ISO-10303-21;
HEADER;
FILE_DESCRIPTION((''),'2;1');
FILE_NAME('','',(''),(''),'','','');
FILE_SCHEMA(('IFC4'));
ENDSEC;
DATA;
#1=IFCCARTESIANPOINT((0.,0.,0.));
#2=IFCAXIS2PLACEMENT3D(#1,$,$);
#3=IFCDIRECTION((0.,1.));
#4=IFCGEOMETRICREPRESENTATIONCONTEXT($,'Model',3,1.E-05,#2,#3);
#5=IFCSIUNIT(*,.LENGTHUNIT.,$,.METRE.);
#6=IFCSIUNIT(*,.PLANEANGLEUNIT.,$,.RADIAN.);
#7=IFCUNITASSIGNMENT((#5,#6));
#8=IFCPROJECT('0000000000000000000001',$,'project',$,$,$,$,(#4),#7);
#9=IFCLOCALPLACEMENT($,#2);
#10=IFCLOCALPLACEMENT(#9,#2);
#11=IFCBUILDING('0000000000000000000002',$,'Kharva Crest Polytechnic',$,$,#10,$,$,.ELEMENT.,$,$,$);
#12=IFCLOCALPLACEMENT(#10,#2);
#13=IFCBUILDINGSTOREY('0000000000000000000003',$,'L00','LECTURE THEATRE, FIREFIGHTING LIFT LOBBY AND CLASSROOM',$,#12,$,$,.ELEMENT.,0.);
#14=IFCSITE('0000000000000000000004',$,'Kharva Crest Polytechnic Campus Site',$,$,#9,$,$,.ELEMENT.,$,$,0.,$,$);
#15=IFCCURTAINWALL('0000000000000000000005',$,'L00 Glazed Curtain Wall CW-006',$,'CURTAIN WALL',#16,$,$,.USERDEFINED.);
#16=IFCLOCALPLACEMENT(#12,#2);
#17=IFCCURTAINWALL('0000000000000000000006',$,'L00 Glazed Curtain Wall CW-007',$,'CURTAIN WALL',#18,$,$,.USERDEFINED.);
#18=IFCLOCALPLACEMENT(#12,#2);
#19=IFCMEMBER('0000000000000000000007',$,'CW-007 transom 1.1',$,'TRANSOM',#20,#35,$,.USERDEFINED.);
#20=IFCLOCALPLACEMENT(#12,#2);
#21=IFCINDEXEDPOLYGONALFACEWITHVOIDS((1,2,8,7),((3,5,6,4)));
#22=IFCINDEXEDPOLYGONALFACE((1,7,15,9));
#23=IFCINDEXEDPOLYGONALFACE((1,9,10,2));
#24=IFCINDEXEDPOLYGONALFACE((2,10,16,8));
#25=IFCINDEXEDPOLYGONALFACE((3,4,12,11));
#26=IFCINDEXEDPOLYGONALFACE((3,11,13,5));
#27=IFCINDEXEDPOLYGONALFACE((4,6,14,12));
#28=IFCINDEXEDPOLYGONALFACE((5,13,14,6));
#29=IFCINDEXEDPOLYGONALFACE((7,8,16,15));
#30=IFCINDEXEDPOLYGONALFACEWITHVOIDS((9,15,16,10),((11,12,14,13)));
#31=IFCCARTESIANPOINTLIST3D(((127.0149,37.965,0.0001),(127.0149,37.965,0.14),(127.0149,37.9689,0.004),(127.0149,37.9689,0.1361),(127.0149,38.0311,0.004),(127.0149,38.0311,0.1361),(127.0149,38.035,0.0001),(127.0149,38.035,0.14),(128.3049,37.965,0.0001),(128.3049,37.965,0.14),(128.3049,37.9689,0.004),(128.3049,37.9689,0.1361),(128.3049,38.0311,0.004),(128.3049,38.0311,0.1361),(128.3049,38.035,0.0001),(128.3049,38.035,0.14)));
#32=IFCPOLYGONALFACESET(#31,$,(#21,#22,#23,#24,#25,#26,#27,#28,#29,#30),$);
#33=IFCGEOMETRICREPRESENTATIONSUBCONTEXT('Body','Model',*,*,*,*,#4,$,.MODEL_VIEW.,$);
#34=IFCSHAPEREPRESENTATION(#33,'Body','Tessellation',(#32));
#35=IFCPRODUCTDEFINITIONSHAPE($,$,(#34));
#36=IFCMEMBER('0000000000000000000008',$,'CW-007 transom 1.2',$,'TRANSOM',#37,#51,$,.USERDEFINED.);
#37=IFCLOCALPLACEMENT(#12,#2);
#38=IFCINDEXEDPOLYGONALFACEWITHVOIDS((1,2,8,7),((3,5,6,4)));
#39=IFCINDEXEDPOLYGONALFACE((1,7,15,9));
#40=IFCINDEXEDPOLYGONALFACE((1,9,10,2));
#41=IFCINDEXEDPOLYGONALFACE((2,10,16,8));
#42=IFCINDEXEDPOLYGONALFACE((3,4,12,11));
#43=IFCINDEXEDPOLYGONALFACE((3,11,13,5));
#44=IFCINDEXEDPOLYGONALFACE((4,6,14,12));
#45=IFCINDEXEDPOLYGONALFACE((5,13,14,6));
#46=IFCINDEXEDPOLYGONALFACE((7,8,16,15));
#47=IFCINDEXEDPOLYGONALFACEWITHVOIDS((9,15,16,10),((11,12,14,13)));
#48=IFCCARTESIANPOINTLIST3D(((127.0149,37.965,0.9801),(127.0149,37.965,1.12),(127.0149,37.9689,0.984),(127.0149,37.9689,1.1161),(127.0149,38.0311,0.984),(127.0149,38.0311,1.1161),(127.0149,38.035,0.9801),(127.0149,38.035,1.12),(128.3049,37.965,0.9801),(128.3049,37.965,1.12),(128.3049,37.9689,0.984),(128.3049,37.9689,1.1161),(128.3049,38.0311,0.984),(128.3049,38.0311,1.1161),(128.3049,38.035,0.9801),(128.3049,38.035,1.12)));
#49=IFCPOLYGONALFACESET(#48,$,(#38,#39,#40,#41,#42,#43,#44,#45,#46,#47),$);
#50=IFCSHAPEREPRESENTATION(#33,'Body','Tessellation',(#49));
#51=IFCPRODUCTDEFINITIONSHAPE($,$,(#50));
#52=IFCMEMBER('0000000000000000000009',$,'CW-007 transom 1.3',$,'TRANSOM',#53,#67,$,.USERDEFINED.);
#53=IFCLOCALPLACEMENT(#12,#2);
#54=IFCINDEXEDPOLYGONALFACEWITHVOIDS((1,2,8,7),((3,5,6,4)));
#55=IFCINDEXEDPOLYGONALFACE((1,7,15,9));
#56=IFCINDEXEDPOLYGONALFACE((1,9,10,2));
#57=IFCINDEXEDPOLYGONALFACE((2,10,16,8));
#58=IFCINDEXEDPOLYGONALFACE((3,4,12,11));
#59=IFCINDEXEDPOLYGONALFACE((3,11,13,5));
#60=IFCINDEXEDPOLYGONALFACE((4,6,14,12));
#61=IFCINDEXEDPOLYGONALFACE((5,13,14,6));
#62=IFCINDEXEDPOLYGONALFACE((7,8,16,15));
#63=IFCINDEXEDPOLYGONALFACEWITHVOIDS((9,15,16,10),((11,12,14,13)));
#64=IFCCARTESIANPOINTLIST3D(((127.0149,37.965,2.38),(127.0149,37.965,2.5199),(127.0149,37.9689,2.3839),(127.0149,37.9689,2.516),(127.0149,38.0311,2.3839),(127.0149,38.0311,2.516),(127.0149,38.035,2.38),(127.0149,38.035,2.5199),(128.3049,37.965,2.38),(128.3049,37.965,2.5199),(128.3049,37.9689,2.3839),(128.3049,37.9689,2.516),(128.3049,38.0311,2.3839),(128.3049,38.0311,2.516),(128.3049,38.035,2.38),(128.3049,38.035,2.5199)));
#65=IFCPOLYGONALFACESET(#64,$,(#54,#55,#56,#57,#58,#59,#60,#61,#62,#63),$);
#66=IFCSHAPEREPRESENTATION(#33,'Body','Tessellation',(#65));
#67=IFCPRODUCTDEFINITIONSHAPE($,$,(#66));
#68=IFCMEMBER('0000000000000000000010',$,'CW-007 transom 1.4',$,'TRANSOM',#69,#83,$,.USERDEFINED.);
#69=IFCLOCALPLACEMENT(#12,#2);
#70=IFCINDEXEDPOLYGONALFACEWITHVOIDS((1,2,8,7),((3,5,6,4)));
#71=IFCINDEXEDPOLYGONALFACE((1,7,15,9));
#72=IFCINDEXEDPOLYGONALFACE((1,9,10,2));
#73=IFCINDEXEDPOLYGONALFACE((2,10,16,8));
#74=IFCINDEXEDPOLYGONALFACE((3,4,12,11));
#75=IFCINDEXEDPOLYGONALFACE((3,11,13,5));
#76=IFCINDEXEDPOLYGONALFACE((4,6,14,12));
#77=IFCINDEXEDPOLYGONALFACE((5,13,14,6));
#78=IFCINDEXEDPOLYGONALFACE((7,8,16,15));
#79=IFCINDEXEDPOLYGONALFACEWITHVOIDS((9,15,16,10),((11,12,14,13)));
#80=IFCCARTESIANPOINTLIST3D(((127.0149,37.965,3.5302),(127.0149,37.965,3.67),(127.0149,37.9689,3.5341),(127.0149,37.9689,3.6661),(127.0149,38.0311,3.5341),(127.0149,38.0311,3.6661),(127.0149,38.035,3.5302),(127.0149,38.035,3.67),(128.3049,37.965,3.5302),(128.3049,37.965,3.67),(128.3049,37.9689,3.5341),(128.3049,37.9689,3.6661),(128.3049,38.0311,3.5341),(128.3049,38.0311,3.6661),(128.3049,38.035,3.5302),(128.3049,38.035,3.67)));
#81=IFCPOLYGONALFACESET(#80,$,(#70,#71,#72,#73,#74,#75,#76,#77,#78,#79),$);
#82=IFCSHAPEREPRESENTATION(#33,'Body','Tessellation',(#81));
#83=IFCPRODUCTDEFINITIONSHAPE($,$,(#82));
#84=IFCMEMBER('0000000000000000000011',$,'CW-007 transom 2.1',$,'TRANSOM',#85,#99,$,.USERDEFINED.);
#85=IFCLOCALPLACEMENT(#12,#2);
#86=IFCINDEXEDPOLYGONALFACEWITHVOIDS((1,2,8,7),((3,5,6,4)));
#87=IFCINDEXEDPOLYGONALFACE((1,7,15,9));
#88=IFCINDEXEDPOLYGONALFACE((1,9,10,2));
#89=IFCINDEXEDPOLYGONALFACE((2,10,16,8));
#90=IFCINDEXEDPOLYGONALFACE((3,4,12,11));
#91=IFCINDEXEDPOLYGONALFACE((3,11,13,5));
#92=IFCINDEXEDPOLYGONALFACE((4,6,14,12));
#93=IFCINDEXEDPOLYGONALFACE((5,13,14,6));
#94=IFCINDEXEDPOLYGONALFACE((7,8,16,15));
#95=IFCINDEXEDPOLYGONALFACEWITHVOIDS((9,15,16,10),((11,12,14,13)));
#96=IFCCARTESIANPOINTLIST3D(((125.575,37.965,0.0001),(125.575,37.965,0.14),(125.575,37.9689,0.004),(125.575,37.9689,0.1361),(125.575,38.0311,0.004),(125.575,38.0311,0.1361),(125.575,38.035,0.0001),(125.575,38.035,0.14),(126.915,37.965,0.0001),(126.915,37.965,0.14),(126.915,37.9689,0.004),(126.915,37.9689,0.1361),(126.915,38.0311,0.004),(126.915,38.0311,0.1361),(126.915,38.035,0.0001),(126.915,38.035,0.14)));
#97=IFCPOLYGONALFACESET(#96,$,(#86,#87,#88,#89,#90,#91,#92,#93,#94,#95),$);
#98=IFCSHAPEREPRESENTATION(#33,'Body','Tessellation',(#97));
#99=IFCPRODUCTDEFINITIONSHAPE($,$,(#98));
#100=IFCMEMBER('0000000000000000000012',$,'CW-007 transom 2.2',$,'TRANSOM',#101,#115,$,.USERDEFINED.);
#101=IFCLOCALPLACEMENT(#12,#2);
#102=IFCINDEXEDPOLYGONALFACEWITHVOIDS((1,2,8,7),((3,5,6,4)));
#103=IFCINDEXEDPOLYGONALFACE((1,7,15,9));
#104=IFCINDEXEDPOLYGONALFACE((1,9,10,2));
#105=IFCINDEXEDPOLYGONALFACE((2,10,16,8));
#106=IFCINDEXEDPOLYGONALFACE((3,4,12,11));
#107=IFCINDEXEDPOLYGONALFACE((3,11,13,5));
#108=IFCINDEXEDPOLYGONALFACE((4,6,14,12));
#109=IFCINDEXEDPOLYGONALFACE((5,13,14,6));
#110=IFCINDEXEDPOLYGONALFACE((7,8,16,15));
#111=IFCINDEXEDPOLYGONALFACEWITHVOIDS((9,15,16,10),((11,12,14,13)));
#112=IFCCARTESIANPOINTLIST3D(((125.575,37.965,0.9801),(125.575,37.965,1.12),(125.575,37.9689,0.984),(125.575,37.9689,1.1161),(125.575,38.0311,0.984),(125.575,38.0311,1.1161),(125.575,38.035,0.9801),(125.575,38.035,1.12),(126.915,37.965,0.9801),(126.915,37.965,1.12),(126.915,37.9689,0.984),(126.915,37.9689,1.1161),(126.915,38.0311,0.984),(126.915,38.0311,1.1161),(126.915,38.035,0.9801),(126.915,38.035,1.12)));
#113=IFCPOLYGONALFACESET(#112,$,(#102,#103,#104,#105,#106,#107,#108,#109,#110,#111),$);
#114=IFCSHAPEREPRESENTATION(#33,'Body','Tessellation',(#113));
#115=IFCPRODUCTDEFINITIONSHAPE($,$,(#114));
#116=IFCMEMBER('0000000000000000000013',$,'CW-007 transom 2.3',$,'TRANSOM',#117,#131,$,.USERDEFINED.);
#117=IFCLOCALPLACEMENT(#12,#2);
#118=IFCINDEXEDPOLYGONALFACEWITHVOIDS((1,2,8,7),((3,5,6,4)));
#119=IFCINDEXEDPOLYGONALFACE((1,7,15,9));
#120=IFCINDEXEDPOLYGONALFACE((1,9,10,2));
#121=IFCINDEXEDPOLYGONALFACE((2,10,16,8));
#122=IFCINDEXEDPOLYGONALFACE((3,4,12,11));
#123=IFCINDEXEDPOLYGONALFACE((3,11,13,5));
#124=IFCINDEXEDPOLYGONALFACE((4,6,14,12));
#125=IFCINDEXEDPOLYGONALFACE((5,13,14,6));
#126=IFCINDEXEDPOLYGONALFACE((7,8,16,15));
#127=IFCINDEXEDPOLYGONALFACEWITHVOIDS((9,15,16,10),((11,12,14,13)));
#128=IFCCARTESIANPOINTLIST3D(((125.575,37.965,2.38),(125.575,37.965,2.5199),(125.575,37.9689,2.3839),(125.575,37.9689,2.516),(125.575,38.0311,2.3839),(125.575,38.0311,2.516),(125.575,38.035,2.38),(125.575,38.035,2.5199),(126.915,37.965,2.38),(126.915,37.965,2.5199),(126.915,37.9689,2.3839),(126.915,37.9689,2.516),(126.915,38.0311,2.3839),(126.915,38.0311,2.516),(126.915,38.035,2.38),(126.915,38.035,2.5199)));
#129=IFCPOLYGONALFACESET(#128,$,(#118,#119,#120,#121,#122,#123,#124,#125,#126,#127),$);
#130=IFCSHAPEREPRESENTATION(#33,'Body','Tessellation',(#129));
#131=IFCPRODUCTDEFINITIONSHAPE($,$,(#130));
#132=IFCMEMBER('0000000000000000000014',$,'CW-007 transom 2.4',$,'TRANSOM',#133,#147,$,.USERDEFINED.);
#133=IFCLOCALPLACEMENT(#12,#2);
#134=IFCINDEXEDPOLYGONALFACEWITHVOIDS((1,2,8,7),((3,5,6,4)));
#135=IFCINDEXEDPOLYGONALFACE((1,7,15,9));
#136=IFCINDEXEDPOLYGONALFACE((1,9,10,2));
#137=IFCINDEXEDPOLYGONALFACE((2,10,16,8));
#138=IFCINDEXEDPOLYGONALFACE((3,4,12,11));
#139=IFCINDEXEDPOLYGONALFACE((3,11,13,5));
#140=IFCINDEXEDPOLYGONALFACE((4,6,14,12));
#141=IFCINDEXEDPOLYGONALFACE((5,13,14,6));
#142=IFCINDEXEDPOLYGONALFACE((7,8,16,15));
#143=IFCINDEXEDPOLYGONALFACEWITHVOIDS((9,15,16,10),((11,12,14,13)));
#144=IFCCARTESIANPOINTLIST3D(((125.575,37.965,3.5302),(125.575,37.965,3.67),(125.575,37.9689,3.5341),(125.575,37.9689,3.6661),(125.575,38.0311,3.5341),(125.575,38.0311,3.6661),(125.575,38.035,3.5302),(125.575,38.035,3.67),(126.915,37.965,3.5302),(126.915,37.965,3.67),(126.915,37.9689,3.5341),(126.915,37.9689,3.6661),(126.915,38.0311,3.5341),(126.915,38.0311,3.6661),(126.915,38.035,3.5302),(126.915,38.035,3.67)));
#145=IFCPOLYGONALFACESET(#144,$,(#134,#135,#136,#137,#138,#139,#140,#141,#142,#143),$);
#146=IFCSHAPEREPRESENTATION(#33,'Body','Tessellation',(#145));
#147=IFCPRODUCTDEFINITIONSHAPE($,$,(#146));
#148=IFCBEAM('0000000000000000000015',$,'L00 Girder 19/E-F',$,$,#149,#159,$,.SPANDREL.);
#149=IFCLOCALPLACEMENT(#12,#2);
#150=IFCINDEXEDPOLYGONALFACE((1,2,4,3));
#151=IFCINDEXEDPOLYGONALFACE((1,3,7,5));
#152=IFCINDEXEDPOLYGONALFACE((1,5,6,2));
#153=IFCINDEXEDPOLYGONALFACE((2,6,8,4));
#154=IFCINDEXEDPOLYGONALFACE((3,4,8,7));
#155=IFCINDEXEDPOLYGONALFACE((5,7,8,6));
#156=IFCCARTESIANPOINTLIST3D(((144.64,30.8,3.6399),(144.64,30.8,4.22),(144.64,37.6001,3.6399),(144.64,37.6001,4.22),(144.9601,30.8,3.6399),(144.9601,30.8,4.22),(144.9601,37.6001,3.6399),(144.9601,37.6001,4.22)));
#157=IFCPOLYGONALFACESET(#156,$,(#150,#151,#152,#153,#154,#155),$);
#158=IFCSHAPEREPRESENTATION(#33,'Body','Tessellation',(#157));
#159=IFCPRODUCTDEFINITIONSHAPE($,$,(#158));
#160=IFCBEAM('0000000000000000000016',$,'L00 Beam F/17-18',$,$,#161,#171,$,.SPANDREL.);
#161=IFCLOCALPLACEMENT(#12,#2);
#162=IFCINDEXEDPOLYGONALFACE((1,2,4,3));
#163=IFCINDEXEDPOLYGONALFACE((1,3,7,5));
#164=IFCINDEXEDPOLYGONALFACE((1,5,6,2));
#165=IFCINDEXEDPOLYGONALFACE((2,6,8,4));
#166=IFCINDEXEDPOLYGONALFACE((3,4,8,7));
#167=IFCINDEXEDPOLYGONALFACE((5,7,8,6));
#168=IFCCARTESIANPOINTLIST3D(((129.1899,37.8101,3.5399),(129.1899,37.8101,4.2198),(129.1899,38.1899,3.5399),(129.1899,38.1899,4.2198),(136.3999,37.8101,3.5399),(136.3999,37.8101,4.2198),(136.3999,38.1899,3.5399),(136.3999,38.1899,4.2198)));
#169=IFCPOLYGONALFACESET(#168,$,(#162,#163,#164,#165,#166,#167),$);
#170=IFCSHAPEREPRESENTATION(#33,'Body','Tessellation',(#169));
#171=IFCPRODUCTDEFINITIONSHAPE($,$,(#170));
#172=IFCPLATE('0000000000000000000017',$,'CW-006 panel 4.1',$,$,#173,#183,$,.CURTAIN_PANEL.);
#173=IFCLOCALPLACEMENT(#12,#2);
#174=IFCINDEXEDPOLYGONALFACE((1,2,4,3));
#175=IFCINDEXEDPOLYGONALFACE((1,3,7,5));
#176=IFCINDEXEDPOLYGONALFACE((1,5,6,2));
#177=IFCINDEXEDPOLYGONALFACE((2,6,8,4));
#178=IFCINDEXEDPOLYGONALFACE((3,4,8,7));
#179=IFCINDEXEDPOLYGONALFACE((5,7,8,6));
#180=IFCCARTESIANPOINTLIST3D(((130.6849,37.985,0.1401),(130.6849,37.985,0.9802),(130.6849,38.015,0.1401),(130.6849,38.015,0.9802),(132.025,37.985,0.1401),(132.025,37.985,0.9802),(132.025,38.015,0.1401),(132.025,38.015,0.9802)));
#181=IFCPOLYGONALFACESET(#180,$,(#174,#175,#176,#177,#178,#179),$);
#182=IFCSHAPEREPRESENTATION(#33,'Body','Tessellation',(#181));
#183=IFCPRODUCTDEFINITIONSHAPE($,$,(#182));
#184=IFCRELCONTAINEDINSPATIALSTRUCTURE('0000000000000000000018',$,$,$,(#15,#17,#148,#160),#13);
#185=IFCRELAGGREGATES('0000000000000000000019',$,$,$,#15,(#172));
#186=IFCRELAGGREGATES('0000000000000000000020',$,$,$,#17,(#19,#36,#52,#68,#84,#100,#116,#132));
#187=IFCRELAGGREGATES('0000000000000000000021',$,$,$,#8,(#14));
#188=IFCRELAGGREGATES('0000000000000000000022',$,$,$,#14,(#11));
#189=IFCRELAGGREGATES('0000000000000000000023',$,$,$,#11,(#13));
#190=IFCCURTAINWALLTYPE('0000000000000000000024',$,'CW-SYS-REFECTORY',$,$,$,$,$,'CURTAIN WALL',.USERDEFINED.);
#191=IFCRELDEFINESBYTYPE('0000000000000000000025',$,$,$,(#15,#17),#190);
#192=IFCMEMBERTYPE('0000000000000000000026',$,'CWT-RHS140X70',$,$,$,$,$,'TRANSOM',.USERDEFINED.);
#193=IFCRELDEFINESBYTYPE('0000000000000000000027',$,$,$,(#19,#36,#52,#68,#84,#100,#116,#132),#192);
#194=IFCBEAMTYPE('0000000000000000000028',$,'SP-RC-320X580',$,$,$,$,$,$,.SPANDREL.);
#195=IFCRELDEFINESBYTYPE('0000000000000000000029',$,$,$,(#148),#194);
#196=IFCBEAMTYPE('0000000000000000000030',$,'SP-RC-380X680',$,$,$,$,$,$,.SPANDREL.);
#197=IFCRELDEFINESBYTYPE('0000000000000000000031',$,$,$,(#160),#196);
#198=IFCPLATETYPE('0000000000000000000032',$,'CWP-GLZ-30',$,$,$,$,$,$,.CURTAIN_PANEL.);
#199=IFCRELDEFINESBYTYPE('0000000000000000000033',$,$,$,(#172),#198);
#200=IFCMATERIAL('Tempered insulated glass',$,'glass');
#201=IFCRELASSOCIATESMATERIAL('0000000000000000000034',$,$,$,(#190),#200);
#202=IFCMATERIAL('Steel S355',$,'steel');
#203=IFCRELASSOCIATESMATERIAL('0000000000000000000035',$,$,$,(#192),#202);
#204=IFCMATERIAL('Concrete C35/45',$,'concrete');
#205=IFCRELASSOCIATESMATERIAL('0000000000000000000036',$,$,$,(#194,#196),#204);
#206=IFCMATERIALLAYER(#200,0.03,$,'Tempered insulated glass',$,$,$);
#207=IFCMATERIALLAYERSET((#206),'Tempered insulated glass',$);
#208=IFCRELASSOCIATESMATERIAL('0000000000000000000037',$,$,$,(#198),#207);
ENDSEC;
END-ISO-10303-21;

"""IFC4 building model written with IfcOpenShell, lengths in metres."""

from ifc_helpers import new_model, si_unit, direction, frame, origin, origin_2d, place, context, subcontext, project, spatial, rectangle, hollow_rectangle, extrude, material, layer, layer_set, material_profile, profile_set, type_object, element, aggregate, save


model = new_model("IFC4")

# Units and contexts
model_context = context("Model", 3, precision=1e-05, world=origin(), true_north=direction((0.0, 1.0)))
body_context = subcontext(model_context, "Body", "Model", "MODEL_VIEW")
ifc_project = project(units=[si_unit("LENGTHUNIT", "METRE"), si_unit("PLANEANGLEUNIT", "RADIAN")], contexts=[model_context])

# Site, building, storey
site_placement = place(None, origin())
site = spatial("IfcSite", under=ifc_project, at=site_placement, Name="Kharva Crest Polytechnic Campus Site", CompositionType="ELEMENT", RefElevation=0.0)
building_placement = place(site_placement, origin())
building = spatial("IfcBuilding", under=site, at=building_placement, Name="Kharva Crest Polytechnic", CompositionType="ELEMENT")
storey_placement = place(building_placement, origin())
storey = spatial("IfcBuildingStorey", under=building, at=storey_placement, Name="L00", Description="LECTURE THEATRE, FIREFIGHTING LIFT LOBBY AND CLASSROOM", CompositionType="ELEMENT", Elevation=0.0)

# Shared definitions
ifc_material_1 = material(Name="Concrete C35/45", Category="concrete")

# Curtain walls
ifc_material_2 = material(Name="Tempered insulated glass", Category="glass")
curtain_wall_type = type_object("IfcCurtainWallType", Name="CW-SYS-REFECTORY", ElementType="CURTAIN WALL", PredefinedType="USERDEFINED", material=ifc_material_2)
curtain_wall_1_placement = place(storey_placement, origin())
curtain_wall_1 = element("IfcCurtainWall", 1, at=curtain_wall_1_placement, inside=storey, type_object=curtain_wall_type, Name="L00 Glazed Curtain Wall CW-006", ObjectType="CURTAIN WALL", PredefinedType="USERDEFINED")
ifc_material_3 = material(Name="Steel S355", Category="steel")
curtain_wall_2_placement = place(storey_placement, origin())
curtain_wall_2 = element("IfcCurtainWall", 2, at=curtain_wall_2_placement, inside=storey, type_object=curtain_wall_type, Name="L00 Glazed Curtain Wall CW-007", ObjectType="CURTAIN WALL", PredefinedType="USERDEFINED")

# Members
ifc_material_profile_1 = material_profile(ifc_material_3, hollow_rectangle(XDim=0.0701, YDim=0.1399, WallThickness=0.0039, at=origin_2d()), Name="RHS 140X70X4.0")
ifc_profile_set_1 = profile_set([ifc_material_profile_1], Name="Steel S355")
member_type_1 = type_object("IfcMemberType", Name="CWT-RHS140X70", ElementType="TRANSOM", PredefinedType="USERDEFINED", material=ifc_profile_set_1)
member_1_placement = place(storey_placement, frame((128.3049, 38.0, 0.0701), z_axis=(-1.0, 0.0, 0.0), x_axis=(0.0, -1.0, 0.0)))
member_1 = element("IfcMember", 3, at=member_1_placement, type_object=member_type_1, Name="CW-007 transom 1.1", ObjectType="TRANSOM", PredefinedType="USERDEFINED", context=body_context, shape_type="SweptSolid", body=[
    extrude(hollow_rectangle(XDim=0.0701, YDim=0.1399, WallThickness=0.0039, at=origin_2d()), origin(), (0.0, 0.0, 1.0), 1.29),
])
member_2_placement = place(storey_placement, frame((128.3049, 38.0, 1.05), z_axis=(-1.0, 0.0, 0.0), x_axis=(0.0, -1.0, 0.0)))
member_2 = element("IfcMember", 4, at=member_2_placement, type_object=member_type_1, Name="CW-007 transom 1.2", ObjectType="TRANSOM", PredefinedType="USERDEFINED", context=body_context, shape_type="SweptSolid", body=[
    extrude(hollow_rectangle(XDim=0.0701, YDim=0.1399, WallThickness=0.0039, at=origin_2d()), origin(), (0.0, 0.0, 1.0), 1.29),
])
member_3_placement = place(storey_placement, frame((128.3049, 38.0, 2.45), z_axis=(-1.0, 0.0, 0.0), x_axis=(0.0, -1.0, 0.0)))
member_3 = element("IfcMember", 5, at=member_3_placement, type_object=member_type_1, Name="CW-007 transom 1.3", ObjectType="TRANSOM", PredefinedType="USERDEFINED", context=body_context, shape_type="SweptSolid", body=[
    extrude(hollow_rectangle(XDim=0.0701, YDim=0.1399, WallThickness=0.0039, at=origin_2d()), origin(), (0.0, 0.0, 1.0), 1.29),
])
member_4_placement = place(storey_placement, frame((128.3049, 38.0, 3.6001), z_axis=(-1.0, 0.0, 0.0), x_axis=(0.0, -1.0, 0.0)))
member_4 = element("IfcMember", 6, at=member_4_placement, type_object=member_type_1, Name="CW-007 transom 1.4", ObjectType="TRANSOM", PredefinedType="USERDEFINED", context=body_context, shape_type="SweptSolid", body=[
    extrude(hollow_rectangle(XDim=0.0701, YDim=0.1399, WallThickness=0.0039, at=origin_2d()), origin(), (0.0, 0.0, 1.0), 1.29),
])
member_5_placement = place(storey_placement, frame((126.915, 38.0, 0.0701), z_axis=(-1.0, 0.0, 0.0), x_axis=(0.0, -1.0, 0.0)))
member_5 = element("IfcMember", 7, at=member_5_placement, type_object=member_type_1, Name="CW-007 transom 2.1", ObjectType="TRANSOM", PredefinedType="USERDEFINED", context=body_context, shape_type="SweptSolid", body=[
    extrude(hollow_rectangle(XDim=0.0701, YDim=0.1399, WallThickness=0.0039, at=origin_2d()), origin(), (0.0, 0.0, 1.0), 1.3401),
])
member_6_placement = place(storey_placement, frame((126.915, 38.0, 1.05), z_axis=(-1.0, 0.0, 0.0), x_axis=(0.0, -1.0, 0.0)))
member_6 = element("IfcMember", 8, at=member_6_placement, type_object=member_type_1, Name="CW-007 transom 2.2", ObjectType="TRANSOM", PredefinedType="USERDEFINED", context=body_context, shape_type="SweptSolid", body=[
    extrude(hollow_rectangle(XDim=0.0701, YDim=0.1399, WallThickness=0.0039, at=origin_2d()), origin(), (0.0, 0.0, 1.0), 1.3401),
])
member_7_placement = place(storey_placement, frame((126.915, 38.0, 2.45), z_axis=(-1.0, 0.0, 0.0), x_axis=(0.0, -1.0, 0.0)))
member_7 = element("IfcMember", 9, at=member_7_placement, type_object=member_type_1, Name="CW-007 transom 2.3", ObjectType="TRANSOM", PredefinedType="USERDEFINED", context=body_context, shape_type="SweptSolid", body=[
    extrude(hollow_rectangle(XDim=0.0701, YDim=0.1399, WallThickness=0.0039, at=origin_2d()), origin(), (0.0, 0.0, 1.0), 1.3401),
])
member_8_placement = place(storey_placement, frame((126.915, 38.0, 3.6001), z_axis=(-1.0, 0.0, 0.0), x_axis=(0.0, -1.0, 0.0)))
member_8 = element("IfcMember", 10, at=member_8_placement, type_object=member_type_1, Name="CW-007 transom 2.4", ObjectType="TRANSOM", PredefinedType="USERDEFINED", context=body_context, shape_type="SweptSolid", body=[
    extrude(hollow_rectangle(XDim=0.0701, YDim=0.1399, WallThickness=0.0039, at=origin_2d()), origin(), (0.0, 0.0, 1.0), 1.3401),
])

# Beams
ifc_material_profile_2 = material_profile(ifc_material_1, rectangle(XDim=0.3201, YDim=0.5801, at=origin_2d()), Name="RECT 320 X 580")
ifc_profile_set_2 = profile_set([ifc_material_profile_2], Name="Concrete C35/45")
beam_type_1 = type_object("IfcBeamType", Name="SP-RC-320X580", PredefinedType="SPANDREL", material=ifc_profile_set_2)
beam_1_placement = place(storey_placement, frame((144.8, 30.8, 3.9299), z_axis=(0.0, 1.0, 0.0), x_axis=(-1.0, 0.0, 0.0)))
element("IfcBeam", 11, at=beam_1_placement, inside=storey, type_object=beam_type_1, Name="L00 Girder 19/E-F", PredefinedType="SPANDREL", context=body_context, shape_type="SweptSolid", body=[
    extrude(rectangle(XDim=0.3201, YDim=0.5801, at=origin_2d()), origin(), (0.0, 0.0, 1.0), 6.8),
])
ifc_material_profile_3 = material_profile(ifc_material_1, rectangle(XDim=0.3799, YDim=0.6799, at=origin_2d()), Name="RECT 380 X 680")
ifc_profile_set_3 = profile_set([ifc_material_profile_3], Name="Concrete C35/45")
beam_type_2 = type_object("IfcBeamType", Name="SP-RC-380X680", PredefinedType="SPANDREL", material=ifc_profile_set_3)
beam_2_placement = place(storey_placement, frame((129.1899, 38.0, 3.8799), z_axis=(1.0, 0.0, 0.0), x_axis=(0.0, 1.0, 0.0)))
element("IfcBeam", 12, at=beam_2_placement, inside=storey, type_object=beam_type_2, Name="L00 Beam F/17-18", PredefinedType="SPANDREL", context=body_context, shape_type="SweptSolid", body=[
    extrude(rectangle(XDim=0.3799, YDim=0.6799, at=origin_2d()), origin(), (0.0, 0.0, 1.0), 7.21),
])

# Plate
ifc_layer = layer(ifc_material_2, 0.03, Name="Tempered insulated glass")
ifc_layer_set = layer_set([ifc_layer], Name="Tempered insulated glass")
plate_type = type_object("IfcPlateType", Name="CWP-GLZ-30", PredefinedType="CURTAIN_PANEL", material=ifc_layer_set)
plate_1_placement = place(storey_placement, frame((131.355, 38.0, 0.1401), z_axis=(0.0, 0.0, 1.0), x_axis=(-1.0, 0.0, 0.0)))
plate_1 = element("IfcPlate", 13, at=plate_1_placement, type_object=plate_type, Name="CW-006 panel 4.1", PredefinedType="CURTAIN_PANEL", context=body_context, shape_type="SweptSolid", body=[
    extrude(rectangle(XDim=1.3401, YDim=0.03, at=origin_2d()), origin(), (0.0, 0.0, 1.0), 0.8401),
])
aggregate(curtain_wall_1, [plate_1])
aggregate(curtain_wall_2, [member_1, member_2, member_3, member_4, member_5, member_6, member_7, member_8])

save(model, "model.ifc")
